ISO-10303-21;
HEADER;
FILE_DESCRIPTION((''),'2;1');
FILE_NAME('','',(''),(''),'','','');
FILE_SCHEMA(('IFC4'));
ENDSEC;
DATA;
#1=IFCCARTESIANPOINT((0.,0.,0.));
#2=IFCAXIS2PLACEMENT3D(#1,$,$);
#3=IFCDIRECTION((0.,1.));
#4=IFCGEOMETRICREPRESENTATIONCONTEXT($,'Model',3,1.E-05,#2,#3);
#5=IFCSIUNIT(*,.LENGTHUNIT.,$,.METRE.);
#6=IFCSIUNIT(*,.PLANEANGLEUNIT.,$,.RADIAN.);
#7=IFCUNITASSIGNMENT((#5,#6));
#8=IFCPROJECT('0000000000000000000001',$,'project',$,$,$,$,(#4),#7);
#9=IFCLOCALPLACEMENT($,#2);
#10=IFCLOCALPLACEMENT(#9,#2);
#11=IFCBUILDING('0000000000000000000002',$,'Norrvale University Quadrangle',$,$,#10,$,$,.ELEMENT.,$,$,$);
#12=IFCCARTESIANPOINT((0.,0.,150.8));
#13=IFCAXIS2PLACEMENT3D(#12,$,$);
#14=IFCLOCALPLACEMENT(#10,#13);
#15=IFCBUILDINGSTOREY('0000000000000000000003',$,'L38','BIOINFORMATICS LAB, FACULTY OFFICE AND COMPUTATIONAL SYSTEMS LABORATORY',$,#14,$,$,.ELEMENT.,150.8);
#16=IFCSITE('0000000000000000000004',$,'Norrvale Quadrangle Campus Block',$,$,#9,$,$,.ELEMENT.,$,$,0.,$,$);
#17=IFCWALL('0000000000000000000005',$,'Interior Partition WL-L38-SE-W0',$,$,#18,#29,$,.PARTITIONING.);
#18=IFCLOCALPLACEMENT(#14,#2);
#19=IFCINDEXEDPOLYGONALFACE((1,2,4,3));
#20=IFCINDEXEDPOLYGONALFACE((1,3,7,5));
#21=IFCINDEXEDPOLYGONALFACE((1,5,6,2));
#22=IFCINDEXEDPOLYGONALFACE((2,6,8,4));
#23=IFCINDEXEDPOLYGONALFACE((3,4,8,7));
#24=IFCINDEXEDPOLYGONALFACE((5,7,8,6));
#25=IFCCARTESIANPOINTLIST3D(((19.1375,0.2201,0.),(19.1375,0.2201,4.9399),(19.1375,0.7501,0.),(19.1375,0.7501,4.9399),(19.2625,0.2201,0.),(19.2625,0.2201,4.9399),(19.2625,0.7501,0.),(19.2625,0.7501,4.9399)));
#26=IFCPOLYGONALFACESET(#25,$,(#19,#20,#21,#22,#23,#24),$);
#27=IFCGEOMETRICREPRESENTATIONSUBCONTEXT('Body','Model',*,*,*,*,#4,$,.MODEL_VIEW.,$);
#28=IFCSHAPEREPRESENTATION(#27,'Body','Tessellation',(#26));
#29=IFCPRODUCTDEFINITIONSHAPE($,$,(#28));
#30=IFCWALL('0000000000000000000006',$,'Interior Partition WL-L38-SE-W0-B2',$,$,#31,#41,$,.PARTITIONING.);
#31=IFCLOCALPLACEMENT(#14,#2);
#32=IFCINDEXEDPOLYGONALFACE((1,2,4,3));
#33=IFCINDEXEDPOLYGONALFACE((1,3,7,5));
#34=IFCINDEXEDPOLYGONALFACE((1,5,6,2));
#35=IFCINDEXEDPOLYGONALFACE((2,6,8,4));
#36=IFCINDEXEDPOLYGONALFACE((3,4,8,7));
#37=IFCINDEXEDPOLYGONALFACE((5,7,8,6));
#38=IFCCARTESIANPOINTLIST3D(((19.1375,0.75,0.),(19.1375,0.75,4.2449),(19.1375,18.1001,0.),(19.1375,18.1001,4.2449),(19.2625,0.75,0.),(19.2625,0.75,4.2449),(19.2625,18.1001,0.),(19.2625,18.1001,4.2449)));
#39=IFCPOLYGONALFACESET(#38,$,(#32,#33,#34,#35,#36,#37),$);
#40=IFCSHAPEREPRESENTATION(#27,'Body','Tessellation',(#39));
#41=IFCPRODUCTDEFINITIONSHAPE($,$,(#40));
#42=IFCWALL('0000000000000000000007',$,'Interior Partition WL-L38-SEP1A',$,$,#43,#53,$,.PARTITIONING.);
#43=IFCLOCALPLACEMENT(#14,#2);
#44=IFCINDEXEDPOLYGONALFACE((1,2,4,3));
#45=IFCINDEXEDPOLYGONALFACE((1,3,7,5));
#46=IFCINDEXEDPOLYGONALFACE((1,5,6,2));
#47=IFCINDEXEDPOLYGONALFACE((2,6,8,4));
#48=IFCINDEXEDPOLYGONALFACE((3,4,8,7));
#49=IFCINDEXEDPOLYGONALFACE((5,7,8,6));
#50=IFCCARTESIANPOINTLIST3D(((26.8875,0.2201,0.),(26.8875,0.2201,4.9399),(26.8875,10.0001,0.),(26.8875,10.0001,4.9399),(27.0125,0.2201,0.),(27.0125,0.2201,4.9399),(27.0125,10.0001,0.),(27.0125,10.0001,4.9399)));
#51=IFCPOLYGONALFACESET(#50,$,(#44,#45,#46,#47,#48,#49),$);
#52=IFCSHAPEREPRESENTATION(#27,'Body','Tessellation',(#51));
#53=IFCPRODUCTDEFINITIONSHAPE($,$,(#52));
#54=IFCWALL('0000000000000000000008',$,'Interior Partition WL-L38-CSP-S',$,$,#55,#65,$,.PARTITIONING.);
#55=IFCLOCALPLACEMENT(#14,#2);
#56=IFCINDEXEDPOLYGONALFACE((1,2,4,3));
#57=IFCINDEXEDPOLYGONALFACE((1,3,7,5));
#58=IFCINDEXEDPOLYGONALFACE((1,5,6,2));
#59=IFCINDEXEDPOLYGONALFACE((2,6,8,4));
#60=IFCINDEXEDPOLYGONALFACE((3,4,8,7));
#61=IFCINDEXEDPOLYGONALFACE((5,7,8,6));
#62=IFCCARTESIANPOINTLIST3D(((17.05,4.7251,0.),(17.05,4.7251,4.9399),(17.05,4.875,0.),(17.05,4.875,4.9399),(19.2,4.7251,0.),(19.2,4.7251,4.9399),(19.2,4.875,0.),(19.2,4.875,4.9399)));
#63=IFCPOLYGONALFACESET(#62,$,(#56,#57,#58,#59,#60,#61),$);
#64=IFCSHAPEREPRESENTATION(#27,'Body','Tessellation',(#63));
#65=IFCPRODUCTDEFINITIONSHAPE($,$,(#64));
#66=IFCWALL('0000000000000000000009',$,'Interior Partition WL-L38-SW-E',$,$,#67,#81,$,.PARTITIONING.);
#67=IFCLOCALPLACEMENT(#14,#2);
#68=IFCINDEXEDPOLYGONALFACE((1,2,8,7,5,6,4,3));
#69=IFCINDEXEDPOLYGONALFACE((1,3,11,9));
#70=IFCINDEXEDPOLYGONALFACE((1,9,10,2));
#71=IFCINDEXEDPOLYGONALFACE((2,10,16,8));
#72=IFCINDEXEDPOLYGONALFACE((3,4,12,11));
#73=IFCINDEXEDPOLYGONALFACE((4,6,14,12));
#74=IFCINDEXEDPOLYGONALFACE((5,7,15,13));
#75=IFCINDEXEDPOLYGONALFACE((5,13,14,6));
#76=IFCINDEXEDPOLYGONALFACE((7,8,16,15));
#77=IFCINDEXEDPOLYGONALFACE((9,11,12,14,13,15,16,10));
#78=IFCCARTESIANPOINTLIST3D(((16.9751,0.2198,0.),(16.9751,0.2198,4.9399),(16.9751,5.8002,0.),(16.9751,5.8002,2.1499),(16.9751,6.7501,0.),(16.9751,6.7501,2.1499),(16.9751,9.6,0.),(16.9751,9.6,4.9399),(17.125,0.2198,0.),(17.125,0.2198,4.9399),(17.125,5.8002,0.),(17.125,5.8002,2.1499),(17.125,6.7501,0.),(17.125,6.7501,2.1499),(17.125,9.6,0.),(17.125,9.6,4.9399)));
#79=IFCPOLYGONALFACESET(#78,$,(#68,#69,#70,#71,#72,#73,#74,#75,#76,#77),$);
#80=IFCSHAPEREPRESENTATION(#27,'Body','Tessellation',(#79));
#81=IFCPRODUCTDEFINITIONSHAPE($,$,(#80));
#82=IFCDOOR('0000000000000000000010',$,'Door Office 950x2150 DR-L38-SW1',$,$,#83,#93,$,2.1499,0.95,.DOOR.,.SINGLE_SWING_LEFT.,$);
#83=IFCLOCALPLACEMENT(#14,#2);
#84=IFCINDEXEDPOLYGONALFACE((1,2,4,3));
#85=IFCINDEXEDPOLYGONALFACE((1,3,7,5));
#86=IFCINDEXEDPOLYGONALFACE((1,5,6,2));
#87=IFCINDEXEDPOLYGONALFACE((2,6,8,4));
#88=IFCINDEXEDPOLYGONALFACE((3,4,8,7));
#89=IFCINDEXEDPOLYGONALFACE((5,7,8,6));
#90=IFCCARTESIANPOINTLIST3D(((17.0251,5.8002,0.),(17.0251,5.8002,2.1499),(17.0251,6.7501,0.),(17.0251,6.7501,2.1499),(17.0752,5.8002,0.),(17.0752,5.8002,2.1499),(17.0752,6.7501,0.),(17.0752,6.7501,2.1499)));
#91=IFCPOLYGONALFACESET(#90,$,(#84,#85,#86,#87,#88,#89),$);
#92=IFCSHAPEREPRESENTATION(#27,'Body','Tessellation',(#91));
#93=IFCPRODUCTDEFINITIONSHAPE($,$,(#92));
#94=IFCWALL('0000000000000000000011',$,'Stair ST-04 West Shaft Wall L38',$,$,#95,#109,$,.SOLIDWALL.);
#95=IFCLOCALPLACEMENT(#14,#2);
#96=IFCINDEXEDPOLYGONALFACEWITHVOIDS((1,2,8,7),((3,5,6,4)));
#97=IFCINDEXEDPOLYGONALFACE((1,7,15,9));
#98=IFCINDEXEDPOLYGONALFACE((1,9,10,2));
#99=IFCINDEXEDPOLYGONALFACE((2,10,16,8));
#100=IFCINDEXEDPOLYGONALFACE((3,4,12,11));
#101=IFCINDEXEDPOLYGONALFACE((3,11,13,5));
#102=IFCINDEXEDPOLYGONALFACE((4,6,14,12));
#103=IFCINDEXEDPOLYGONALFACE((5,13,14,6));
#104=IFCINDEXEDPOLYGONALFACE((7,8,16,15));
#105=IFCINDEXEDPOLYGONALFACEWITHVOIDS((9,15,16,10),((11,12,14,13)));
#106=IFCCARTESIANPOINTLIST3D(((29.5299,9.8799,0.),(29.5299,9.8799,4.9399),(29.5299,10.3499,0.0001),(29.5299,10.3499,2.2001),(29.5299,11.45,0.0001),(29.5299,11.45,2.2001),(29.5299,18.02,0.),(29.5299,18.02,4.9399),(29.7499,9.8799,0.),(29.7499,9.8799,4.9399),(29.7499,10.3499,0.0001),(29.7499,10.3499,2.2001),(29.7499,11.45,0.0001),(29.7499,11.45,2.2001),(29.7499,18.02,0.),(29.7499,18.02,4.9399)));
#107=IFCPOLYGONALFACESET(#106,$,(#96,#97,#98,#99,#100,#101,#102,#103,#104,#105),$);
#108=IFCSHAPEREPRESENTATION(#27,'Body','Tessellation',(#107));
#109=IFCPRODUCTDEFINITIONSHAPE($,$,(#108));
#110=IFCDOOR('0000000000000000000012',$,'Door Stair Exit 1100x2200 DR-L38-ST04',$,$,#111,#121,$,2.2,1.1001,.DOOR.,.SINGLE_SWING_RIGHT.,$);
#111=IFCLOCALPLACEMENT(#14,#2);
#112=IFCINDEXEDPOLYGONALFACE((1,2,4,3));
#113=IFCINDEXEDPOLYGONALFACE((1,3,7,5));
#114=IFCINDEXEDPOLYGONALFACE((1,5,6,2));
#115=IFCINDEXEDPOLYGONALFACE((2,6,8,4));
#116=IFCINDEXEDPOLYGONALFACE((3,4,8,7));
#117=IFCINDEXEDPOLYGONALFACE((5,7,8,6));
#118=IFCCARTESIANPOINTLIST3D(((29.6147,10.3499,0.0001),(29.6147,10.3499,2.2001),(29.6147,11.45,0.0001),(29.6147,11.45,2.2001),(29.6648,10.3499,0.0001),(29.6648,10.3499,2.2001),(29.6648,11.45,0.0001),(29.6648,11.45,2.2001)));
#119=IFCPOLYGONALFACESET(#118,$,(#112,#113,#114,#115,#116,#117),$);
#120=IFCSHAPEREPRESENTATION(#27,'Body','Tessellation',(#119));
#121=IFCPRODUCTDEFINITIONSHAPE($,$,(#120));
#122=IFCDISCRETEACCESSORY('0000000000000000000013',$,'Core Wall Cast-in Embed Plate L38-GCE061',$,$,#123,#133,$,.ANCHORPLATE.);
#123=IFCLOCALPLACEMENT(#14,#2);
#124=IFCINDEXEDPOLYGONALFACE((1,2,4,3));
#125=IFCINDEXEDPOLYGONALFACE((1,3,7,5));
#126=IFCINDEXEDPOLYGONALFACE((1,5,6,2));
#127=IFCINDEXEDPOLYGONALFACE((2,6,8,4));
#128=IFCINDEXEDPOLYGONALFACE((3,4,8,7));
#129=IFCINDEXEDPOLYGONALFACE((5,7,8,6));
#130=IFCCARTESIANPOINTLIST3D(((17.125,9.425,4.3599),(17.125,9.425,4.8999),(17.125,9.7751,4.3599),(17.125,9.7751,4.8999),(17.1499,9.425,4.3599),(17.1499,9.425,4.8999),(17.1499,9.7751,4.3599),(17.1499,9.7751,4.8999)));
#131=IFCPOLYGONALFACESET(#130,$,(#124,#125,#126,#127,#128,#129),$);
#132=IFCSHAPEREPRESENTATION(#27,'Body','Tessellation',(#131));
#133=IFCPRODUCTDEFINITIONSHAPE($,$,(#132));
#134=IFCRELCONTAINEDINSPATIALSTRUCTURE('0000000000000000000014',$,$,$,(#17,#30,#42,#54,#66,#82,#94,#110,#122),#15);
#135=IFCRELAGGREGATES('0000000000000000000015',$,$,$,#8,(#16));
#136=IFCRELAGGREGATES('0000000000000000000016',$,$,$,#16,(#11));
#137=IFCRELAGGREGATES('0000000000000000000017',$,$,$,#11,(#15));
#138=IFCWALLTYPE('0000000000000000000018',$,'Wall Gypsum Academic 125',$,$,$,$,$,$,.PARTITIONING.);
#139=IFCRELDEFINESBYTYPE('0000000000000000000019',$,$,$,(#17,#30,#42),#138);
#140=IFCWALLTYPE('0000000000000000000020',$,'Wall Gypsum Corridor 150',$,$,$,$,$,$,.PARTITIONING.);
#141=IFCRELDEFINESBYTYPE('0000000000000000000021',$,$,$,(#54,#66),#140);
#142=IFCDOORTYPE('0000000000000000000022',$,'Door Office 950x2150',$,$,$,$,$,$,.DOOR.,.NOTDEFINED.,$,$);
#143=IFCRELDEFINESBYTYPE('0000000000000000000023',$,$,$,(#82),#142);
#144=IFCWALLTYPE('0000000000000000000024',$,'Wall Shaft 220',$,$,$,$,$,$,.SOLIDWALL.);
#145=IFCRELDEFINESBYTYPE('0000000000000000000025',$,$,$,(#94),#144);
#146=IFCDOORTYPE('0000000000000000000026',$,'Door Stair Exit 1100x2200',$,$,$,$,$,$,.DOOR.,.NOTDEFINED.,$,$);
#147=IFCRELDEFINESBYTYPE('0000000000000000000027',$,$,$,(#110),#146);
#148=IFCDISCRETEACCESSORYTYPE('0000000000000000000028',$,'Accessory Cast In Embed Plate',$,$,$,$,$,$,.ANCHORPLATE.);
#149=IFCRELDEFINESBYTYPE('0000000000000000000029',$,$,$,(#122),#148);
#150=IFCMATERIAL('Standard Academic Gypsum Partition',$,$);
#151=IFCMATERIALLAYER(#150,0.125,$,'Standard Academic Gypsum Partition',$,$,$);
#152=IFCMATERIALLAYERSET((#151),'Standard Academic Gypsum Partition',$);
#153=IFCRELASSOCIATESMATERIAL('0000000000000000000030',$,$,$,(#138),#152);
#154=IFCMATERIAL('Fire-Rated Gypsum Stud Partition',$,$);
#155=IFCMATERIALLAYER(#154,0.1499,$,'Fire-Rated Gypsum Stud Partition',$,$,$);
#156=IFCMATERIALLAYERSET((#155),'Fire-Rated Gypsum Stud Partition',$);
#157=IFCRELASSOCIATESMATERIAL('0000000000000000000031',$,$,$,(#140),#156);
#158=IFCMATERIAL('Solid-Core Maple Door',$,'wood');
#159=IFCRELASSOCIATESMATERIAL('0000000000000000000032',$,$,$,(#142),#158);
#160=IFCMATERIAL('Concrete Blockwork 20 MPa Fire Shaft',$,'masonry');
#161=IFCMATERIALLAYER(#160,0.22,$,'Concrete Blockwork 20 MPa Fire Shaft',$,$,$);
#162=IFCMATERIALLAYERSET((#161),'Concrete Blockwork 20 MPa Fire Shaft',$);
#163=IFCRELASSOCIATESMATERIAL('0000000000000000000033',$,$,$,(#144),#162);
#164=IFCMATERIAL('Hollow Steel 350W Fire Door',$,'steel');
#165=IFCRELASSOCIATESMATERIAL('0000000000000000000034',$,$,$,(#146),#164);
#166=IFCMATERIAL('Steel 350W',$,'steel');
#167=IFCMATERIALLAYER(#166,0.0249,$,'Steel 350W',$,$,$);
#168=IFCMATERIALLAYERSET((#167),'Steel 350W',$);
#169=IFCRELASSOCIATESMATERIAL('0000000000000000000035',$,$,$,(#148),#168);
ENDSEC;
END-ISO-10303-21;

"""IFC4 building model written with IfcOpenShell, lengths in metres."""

from ifc_helpers import new_model, si_unit, direction, frame, frame_2d, origin, origin_2d, place, context, subcontext, project, spatial, rectangle, extrude, material, layer, layer_set, type_object, element, fill, save


model = new_model("IFC4")

# Units and contexts
model_context = context("Model", 3, precision=1e-05, world=origin(), true_north=direction((0.0, 1.0)))
body_context = subcontext(model_context, "Body", "Model", "MODEL_VIEW")
ifc_project = project(units=[si_unit("LENGTHUNIT", "METRE"), si_unit("PLANEANGLEUNIT", "RADIAN")], contexts=[model_context])

# Site, building, storey
site_placement = place(None, origin())
site = spatial("IfcSite", under=ifc_project, at=site_placement, Name="Norrvale Quadrangle Campus Block", CompositionType="ELEMENT", RefElevation=0.0)
building_placement = place(site_placement, origin())
building = spatial("IfcBuilding", under=site, at=building_placement, Name="Norrvale University Quadrangle", CompositionType="ELEMENT")
storey_placement = place(building_placement, frame((0.0, 0.0, 150.8)))
storey = spatial("IfcBuildingStorey", under=building, at=storey_placement, Name="L38", Description="BIOINFORMATICS LAB, FACULTY OFFICE AND COMPUTATIONAL SYSTEMS LABORATORY", CompositionType="ELEMENT", Elevation=150.8)

# Shared definitions
ifc_material_1 = material(Name="Steel 350W", Category="steel")

# Walls
ifc_material_2 = material(Name="Standard Academic Gypsum Partition")
ifc_layer_1 = layer(ifc_material_2, 0.125, Name="Standard Academic Gypsum Partition")
ifc_layer_set_1 = layer_set([ifc_layer_1], Name="Standard Academic Gypsum Partition")
wall_type_1 = type_object("IfcWallType", Name="Wall Gypsum Academic 125", PredefinedType="PARTITIONING", material=ifc_layer_set_1)
wall_1_placement = place(storey_placement, frame((19.2, 0.22, 0.0), z_axis=(0.0, 0.0, 1.0), x_axis=(0.0, 1.0, 0.0)))
element("IfcWall", 1, at=wall_1_placement, inside=storey, type_object=wall_type_1, Name="Interior Partition WL-L38-SE-W0", PredefinedType="PARTITIONING", context=body_context, shape_type="SweptSolid", body=[
    extrude(rectangle(XDim=0.53, YDim=0.125, at=frame_2d((0.2651, 0.0))), origin(), (0.0, 0.0, 1.0), 4.9399),
])
wall_2_placement = place(storey_placement, frame((19.2, 0.75, 0.0), z_axis=(0.0, 0.0, 1.0), x_axis=(0.0, 1.0, 0.0)))
element("IfcWall", 2, at=wall_2_placement, inside=storey, type_object=wall_type_1, Name="Interior Partition WL-L38-SE-W0-B2", PredefinedType="PARTITIONING", context=body_context, shape_type="SweptSolid", body=[
    extrude(rectangle(XDim=17.3501, YDim=0.125, at=frame_2d((8.675, 0.0))), origin(), (0.0, 0.0, 1.0), 4.2449),
])
wall_3_placement = place(storey_placement, frame((26.95, 0.22, 0.0), z_axis=(0.0, 0.0, 1.0), x_axis=(0.0, 1.0, 0.0)))
element("IfcWall", 3, at=wall_3_placement, inside=storey, type_object=wall_type_1, Name="Interior Partition WL-L38-SEP1A", PredefinedType="PARTITIONING", context=body_context, shape_type="SweptSolid", body=[
    extrude(rectangle(XDim=9.78, YDim=0.125, at=frame_2d((4.8901, 0.0))), origin(), (0.0, 0.0, 1.0), 4.9399),
])
ifc_material_3 = material(Name="Fire-Rated Gypsum Stud Partition")
ifc_layer_2 = layer(ifc_material_3, 0.1499, Name="Fire-Rated Gypsum Stud Partition")
ifc_layer_set_2 = layer_set([ifc_layer_2], Name="Fire-Rated Gypsum Stud Partition")
wall_type_2 = type_object("IfcWallType", Name="Wall Gypsum Corridor 150", PredefinedType="PARTITIONING", material=ifc_layer_set_2)
wall_4_placement = place(storey_placement, frame((17.05, 4.8, 0.0), z_axis=(0.0, 0.0, 1.0), x_axis=(1.0, 0.0, 0.0)))
element("IfcWall", 4, at=wall_4_placement, inside=storey, type_object=wall_type_2, Name="Interior Partition WL-L38-CSP-S", PredefinedType="PARTITIONING", context=body_context, shape_type="SweptSolid", body=[
    extrude(rectangle(XDim=2.1499, YDim=0.1499, at=frame_2d((1.075, 0.0))), origin(), (0.0, 0.0, 1.0), 4.9399),
])

# Walls, openings, doors
wall_5_placement = place(storey_placement, frame((17.05, 0.22, 0.0), z_axis=(0.0, 0.0, 1.0), x_axis=(0.0, 1.0, 0.0)))
wall_5 = element("IfcWall", 5, at=wall_5_placement, inside=storey, type_object=wall_type_2, Name="Interior Partition WL-L38-SW-E", PredefinedType="PARTITIONING", context=body_context, shape_type="SweptSolid", body=[
    extrude(rectangle(XDim=9.3801, YDim=0.1499, at=frame_2d((4.6899, 0.0))), origin(), (0.0, 0.0, 1.0), 4.9399),
])
opening_1_placement = place(wall_5_placement, frame((5.5801, 0.0, 0.0)))
opening_1 = element("IfcOpeningElement", 6, at=opening_1_placement, cuts=wall_5, PredefinedType="OPENING", context=body_context, shape_type="SweptSolid", body=[
    extrude(rectangle(XDim=0.95, YDim=2.1499, at=frame_2d((0.4751, 1.075))), frame((0.0, 0.0869, 0.0), z_axis=(0.0, -1.0, 0.0), x_axis=(1.0, 0.0, 0.0)), (0.0, 0.0, 1.0), 0.1738),
])
ifc_material_4 = material(Name="Solid-Core Maple Door", Category="wood")
door_type_1 = type_object("IfcDoorType", Name="Door Office 950x2150", OperationType="NOTDEFINED", PredefinedType="DOOR", material=ifc_material_4)
door_1_placement = place(opening_1_placement, origin())
door_1 = element("IfcDoor", 7, at=door_1_placement, inside=storey, type_object=door_type_1, Name="Door Office 950x2150 DR-L38-SW1", OperationType="SINGLE_SWING_LEFT", OverallHeight=2.1499, OverallWidth=0.95, PredefinedType="DOOR", context=body_context, shape_type="SweptSolid", body=[
    extrude(rectangle(XDim=0.95, YDim=2.1499, at=frame_2d((0.4751, 1.075))), frame((0.0, 0.0249, 0.0), z_axis=(0.0, -1.0, 0.0), x_axis=(1.0, 0.0, 0.0)), (0.0, 0.0, 1.0), 0.05),
])
fill(opening_1, door_1)
ifc_material_5 = material(Name="Concrete Blockwork 20 MPa Fire Shaft", Category="masonry")
ifc_layer_3 = layer(ifc_material_5, 0.22, Name="Concrete Blockwork 20 MPa Fire Shaft")
ifc_layer_set_3 = layer_set([ifc_layer_3], Name="Concrete Blockwork 20 MPa Fire Shaft")
wall_type_3 = type_object("IfcWallType", Name="Wall Shaft 220", PredefinedType="SOLIDWALL", material=ifc_layer_set_3)
wall_6_placement = place(storey_placement, frame((29.6399, 9.8799, 0.0), z_axis=(0.0, 0.0, 1.0), x_axis=(0.0, 1.0, 0.0)))
wall_6 = element("IfcWall", 8, at=wall_6_placement, inside=storey, type_object=wall_type_3, Name="Stair ST-04 West Shaft Wall L38", PredefinedType="SOLIDWALL", context=body_context, shape_type="SweptSolid", body=[
    extrude(rectangle(XDim=8.1401, YDim=0.22, at=frame_2d((4.0701, 0.0))), origin(), (0.0, 0.0, 1.0), 4.9399),
])
opening_2_placement = place(wall_6_placement, frame((0.47, 0.0, 0.0)))
opening_2 = element("IfcOpeningElement", 9, at=opening_2_placement, cuts=wall_6, PredefinedType="OPENING", context=body_context, shape_type="SweptSolid", body=[
    extrude(rectangle(XDim=1.1001, YDim=2.2, at=frame_2d((0.55, 1.1001))), frame((0.0, 0.1221, 0.0), z_axis=(0.0, -1.0, 0.0), x_axis=(1.0, 0.0, 0.0)), (0.0, 0.0, 1.0), 0.2439),
])
ifc_material_6 = material(Name="Hollow Steel 350W Fire Door", Category="steel")
door_type_2 = type_object("IfcDoorType", Name="Door Stair Exit 1100x2200", OperationType="NOTDEFINED", PredefinedType="DOOR", material=ifc_material_6)
door_2_placement = place(opening_2_placement, frame((1.1001, 0.0, 0.0), z_axis=(0.0, 0.0, 1.0), x_axis=(-1.0, 0.0, 0.0)))
door_2 = element("IfcDoor", 10, at=door_2_placement, inside=storey, type_object=door_type_2, Name="Door Stair Exit 1100x2200 DR-L38-ST04", OperationType="SINGLE_SWING_RIGHT", OverallHeight=2.2, OverallWidth=1.1001, PredefinedType="DOOR", context=body_context, shape_type="SweptSolid", body=[
    extrude(rectangle(XDim=1.1001, YDim=2.2, at=frame_2d((0.55, 1.1001))), frame((0.0, 0.0249, 0.0), z_axis=(0.0, -1.0, 0.0), x_axis=(1.0, 0.0, 0.0)), (0.0, 0.0, 1.0), 0.05),
])
fill(opening_2, door_2)

# Discrete accessory
ifc_layer_4 = layer(ifc_material_1, 0.0249, Name="Steel 350W")
ifc_layer_set_4 = layer_set([ifc_layer_4], Name="Steel 350W")
discrete_accessory_type = type_object("IfcDiscreteAccessoryType", Name="Accessory Cast In Embed Plate", PredefinedType="ANCHORPLATE", material=ifc_layer_set_4)
discrete_accessory_placement = place(storey_placement, frame((17.1375, 9.6001, 4.3599), z_axis=(0.0, 0.0, 1.0), x_axis=(1.0, 0.0, 0.0)))
element("IfcDiscreteAccessory", 11, at=discrete_accessory_placement, inside=storey, type_object=discrete_accessory_type, Name="Core Wall Cast-in Embed Plate L38-GCE061", PredefinedType="ANCHORPLATE", context=body_context, shape_type="SweptSolid", body=[
    extrude(rectangle(XDim=0.0249, YDim=0.3501, at=origin_2d()), origin(), (0.0, 0.0, 1.0), 0.54),
])

save(model, "model.ifc")
